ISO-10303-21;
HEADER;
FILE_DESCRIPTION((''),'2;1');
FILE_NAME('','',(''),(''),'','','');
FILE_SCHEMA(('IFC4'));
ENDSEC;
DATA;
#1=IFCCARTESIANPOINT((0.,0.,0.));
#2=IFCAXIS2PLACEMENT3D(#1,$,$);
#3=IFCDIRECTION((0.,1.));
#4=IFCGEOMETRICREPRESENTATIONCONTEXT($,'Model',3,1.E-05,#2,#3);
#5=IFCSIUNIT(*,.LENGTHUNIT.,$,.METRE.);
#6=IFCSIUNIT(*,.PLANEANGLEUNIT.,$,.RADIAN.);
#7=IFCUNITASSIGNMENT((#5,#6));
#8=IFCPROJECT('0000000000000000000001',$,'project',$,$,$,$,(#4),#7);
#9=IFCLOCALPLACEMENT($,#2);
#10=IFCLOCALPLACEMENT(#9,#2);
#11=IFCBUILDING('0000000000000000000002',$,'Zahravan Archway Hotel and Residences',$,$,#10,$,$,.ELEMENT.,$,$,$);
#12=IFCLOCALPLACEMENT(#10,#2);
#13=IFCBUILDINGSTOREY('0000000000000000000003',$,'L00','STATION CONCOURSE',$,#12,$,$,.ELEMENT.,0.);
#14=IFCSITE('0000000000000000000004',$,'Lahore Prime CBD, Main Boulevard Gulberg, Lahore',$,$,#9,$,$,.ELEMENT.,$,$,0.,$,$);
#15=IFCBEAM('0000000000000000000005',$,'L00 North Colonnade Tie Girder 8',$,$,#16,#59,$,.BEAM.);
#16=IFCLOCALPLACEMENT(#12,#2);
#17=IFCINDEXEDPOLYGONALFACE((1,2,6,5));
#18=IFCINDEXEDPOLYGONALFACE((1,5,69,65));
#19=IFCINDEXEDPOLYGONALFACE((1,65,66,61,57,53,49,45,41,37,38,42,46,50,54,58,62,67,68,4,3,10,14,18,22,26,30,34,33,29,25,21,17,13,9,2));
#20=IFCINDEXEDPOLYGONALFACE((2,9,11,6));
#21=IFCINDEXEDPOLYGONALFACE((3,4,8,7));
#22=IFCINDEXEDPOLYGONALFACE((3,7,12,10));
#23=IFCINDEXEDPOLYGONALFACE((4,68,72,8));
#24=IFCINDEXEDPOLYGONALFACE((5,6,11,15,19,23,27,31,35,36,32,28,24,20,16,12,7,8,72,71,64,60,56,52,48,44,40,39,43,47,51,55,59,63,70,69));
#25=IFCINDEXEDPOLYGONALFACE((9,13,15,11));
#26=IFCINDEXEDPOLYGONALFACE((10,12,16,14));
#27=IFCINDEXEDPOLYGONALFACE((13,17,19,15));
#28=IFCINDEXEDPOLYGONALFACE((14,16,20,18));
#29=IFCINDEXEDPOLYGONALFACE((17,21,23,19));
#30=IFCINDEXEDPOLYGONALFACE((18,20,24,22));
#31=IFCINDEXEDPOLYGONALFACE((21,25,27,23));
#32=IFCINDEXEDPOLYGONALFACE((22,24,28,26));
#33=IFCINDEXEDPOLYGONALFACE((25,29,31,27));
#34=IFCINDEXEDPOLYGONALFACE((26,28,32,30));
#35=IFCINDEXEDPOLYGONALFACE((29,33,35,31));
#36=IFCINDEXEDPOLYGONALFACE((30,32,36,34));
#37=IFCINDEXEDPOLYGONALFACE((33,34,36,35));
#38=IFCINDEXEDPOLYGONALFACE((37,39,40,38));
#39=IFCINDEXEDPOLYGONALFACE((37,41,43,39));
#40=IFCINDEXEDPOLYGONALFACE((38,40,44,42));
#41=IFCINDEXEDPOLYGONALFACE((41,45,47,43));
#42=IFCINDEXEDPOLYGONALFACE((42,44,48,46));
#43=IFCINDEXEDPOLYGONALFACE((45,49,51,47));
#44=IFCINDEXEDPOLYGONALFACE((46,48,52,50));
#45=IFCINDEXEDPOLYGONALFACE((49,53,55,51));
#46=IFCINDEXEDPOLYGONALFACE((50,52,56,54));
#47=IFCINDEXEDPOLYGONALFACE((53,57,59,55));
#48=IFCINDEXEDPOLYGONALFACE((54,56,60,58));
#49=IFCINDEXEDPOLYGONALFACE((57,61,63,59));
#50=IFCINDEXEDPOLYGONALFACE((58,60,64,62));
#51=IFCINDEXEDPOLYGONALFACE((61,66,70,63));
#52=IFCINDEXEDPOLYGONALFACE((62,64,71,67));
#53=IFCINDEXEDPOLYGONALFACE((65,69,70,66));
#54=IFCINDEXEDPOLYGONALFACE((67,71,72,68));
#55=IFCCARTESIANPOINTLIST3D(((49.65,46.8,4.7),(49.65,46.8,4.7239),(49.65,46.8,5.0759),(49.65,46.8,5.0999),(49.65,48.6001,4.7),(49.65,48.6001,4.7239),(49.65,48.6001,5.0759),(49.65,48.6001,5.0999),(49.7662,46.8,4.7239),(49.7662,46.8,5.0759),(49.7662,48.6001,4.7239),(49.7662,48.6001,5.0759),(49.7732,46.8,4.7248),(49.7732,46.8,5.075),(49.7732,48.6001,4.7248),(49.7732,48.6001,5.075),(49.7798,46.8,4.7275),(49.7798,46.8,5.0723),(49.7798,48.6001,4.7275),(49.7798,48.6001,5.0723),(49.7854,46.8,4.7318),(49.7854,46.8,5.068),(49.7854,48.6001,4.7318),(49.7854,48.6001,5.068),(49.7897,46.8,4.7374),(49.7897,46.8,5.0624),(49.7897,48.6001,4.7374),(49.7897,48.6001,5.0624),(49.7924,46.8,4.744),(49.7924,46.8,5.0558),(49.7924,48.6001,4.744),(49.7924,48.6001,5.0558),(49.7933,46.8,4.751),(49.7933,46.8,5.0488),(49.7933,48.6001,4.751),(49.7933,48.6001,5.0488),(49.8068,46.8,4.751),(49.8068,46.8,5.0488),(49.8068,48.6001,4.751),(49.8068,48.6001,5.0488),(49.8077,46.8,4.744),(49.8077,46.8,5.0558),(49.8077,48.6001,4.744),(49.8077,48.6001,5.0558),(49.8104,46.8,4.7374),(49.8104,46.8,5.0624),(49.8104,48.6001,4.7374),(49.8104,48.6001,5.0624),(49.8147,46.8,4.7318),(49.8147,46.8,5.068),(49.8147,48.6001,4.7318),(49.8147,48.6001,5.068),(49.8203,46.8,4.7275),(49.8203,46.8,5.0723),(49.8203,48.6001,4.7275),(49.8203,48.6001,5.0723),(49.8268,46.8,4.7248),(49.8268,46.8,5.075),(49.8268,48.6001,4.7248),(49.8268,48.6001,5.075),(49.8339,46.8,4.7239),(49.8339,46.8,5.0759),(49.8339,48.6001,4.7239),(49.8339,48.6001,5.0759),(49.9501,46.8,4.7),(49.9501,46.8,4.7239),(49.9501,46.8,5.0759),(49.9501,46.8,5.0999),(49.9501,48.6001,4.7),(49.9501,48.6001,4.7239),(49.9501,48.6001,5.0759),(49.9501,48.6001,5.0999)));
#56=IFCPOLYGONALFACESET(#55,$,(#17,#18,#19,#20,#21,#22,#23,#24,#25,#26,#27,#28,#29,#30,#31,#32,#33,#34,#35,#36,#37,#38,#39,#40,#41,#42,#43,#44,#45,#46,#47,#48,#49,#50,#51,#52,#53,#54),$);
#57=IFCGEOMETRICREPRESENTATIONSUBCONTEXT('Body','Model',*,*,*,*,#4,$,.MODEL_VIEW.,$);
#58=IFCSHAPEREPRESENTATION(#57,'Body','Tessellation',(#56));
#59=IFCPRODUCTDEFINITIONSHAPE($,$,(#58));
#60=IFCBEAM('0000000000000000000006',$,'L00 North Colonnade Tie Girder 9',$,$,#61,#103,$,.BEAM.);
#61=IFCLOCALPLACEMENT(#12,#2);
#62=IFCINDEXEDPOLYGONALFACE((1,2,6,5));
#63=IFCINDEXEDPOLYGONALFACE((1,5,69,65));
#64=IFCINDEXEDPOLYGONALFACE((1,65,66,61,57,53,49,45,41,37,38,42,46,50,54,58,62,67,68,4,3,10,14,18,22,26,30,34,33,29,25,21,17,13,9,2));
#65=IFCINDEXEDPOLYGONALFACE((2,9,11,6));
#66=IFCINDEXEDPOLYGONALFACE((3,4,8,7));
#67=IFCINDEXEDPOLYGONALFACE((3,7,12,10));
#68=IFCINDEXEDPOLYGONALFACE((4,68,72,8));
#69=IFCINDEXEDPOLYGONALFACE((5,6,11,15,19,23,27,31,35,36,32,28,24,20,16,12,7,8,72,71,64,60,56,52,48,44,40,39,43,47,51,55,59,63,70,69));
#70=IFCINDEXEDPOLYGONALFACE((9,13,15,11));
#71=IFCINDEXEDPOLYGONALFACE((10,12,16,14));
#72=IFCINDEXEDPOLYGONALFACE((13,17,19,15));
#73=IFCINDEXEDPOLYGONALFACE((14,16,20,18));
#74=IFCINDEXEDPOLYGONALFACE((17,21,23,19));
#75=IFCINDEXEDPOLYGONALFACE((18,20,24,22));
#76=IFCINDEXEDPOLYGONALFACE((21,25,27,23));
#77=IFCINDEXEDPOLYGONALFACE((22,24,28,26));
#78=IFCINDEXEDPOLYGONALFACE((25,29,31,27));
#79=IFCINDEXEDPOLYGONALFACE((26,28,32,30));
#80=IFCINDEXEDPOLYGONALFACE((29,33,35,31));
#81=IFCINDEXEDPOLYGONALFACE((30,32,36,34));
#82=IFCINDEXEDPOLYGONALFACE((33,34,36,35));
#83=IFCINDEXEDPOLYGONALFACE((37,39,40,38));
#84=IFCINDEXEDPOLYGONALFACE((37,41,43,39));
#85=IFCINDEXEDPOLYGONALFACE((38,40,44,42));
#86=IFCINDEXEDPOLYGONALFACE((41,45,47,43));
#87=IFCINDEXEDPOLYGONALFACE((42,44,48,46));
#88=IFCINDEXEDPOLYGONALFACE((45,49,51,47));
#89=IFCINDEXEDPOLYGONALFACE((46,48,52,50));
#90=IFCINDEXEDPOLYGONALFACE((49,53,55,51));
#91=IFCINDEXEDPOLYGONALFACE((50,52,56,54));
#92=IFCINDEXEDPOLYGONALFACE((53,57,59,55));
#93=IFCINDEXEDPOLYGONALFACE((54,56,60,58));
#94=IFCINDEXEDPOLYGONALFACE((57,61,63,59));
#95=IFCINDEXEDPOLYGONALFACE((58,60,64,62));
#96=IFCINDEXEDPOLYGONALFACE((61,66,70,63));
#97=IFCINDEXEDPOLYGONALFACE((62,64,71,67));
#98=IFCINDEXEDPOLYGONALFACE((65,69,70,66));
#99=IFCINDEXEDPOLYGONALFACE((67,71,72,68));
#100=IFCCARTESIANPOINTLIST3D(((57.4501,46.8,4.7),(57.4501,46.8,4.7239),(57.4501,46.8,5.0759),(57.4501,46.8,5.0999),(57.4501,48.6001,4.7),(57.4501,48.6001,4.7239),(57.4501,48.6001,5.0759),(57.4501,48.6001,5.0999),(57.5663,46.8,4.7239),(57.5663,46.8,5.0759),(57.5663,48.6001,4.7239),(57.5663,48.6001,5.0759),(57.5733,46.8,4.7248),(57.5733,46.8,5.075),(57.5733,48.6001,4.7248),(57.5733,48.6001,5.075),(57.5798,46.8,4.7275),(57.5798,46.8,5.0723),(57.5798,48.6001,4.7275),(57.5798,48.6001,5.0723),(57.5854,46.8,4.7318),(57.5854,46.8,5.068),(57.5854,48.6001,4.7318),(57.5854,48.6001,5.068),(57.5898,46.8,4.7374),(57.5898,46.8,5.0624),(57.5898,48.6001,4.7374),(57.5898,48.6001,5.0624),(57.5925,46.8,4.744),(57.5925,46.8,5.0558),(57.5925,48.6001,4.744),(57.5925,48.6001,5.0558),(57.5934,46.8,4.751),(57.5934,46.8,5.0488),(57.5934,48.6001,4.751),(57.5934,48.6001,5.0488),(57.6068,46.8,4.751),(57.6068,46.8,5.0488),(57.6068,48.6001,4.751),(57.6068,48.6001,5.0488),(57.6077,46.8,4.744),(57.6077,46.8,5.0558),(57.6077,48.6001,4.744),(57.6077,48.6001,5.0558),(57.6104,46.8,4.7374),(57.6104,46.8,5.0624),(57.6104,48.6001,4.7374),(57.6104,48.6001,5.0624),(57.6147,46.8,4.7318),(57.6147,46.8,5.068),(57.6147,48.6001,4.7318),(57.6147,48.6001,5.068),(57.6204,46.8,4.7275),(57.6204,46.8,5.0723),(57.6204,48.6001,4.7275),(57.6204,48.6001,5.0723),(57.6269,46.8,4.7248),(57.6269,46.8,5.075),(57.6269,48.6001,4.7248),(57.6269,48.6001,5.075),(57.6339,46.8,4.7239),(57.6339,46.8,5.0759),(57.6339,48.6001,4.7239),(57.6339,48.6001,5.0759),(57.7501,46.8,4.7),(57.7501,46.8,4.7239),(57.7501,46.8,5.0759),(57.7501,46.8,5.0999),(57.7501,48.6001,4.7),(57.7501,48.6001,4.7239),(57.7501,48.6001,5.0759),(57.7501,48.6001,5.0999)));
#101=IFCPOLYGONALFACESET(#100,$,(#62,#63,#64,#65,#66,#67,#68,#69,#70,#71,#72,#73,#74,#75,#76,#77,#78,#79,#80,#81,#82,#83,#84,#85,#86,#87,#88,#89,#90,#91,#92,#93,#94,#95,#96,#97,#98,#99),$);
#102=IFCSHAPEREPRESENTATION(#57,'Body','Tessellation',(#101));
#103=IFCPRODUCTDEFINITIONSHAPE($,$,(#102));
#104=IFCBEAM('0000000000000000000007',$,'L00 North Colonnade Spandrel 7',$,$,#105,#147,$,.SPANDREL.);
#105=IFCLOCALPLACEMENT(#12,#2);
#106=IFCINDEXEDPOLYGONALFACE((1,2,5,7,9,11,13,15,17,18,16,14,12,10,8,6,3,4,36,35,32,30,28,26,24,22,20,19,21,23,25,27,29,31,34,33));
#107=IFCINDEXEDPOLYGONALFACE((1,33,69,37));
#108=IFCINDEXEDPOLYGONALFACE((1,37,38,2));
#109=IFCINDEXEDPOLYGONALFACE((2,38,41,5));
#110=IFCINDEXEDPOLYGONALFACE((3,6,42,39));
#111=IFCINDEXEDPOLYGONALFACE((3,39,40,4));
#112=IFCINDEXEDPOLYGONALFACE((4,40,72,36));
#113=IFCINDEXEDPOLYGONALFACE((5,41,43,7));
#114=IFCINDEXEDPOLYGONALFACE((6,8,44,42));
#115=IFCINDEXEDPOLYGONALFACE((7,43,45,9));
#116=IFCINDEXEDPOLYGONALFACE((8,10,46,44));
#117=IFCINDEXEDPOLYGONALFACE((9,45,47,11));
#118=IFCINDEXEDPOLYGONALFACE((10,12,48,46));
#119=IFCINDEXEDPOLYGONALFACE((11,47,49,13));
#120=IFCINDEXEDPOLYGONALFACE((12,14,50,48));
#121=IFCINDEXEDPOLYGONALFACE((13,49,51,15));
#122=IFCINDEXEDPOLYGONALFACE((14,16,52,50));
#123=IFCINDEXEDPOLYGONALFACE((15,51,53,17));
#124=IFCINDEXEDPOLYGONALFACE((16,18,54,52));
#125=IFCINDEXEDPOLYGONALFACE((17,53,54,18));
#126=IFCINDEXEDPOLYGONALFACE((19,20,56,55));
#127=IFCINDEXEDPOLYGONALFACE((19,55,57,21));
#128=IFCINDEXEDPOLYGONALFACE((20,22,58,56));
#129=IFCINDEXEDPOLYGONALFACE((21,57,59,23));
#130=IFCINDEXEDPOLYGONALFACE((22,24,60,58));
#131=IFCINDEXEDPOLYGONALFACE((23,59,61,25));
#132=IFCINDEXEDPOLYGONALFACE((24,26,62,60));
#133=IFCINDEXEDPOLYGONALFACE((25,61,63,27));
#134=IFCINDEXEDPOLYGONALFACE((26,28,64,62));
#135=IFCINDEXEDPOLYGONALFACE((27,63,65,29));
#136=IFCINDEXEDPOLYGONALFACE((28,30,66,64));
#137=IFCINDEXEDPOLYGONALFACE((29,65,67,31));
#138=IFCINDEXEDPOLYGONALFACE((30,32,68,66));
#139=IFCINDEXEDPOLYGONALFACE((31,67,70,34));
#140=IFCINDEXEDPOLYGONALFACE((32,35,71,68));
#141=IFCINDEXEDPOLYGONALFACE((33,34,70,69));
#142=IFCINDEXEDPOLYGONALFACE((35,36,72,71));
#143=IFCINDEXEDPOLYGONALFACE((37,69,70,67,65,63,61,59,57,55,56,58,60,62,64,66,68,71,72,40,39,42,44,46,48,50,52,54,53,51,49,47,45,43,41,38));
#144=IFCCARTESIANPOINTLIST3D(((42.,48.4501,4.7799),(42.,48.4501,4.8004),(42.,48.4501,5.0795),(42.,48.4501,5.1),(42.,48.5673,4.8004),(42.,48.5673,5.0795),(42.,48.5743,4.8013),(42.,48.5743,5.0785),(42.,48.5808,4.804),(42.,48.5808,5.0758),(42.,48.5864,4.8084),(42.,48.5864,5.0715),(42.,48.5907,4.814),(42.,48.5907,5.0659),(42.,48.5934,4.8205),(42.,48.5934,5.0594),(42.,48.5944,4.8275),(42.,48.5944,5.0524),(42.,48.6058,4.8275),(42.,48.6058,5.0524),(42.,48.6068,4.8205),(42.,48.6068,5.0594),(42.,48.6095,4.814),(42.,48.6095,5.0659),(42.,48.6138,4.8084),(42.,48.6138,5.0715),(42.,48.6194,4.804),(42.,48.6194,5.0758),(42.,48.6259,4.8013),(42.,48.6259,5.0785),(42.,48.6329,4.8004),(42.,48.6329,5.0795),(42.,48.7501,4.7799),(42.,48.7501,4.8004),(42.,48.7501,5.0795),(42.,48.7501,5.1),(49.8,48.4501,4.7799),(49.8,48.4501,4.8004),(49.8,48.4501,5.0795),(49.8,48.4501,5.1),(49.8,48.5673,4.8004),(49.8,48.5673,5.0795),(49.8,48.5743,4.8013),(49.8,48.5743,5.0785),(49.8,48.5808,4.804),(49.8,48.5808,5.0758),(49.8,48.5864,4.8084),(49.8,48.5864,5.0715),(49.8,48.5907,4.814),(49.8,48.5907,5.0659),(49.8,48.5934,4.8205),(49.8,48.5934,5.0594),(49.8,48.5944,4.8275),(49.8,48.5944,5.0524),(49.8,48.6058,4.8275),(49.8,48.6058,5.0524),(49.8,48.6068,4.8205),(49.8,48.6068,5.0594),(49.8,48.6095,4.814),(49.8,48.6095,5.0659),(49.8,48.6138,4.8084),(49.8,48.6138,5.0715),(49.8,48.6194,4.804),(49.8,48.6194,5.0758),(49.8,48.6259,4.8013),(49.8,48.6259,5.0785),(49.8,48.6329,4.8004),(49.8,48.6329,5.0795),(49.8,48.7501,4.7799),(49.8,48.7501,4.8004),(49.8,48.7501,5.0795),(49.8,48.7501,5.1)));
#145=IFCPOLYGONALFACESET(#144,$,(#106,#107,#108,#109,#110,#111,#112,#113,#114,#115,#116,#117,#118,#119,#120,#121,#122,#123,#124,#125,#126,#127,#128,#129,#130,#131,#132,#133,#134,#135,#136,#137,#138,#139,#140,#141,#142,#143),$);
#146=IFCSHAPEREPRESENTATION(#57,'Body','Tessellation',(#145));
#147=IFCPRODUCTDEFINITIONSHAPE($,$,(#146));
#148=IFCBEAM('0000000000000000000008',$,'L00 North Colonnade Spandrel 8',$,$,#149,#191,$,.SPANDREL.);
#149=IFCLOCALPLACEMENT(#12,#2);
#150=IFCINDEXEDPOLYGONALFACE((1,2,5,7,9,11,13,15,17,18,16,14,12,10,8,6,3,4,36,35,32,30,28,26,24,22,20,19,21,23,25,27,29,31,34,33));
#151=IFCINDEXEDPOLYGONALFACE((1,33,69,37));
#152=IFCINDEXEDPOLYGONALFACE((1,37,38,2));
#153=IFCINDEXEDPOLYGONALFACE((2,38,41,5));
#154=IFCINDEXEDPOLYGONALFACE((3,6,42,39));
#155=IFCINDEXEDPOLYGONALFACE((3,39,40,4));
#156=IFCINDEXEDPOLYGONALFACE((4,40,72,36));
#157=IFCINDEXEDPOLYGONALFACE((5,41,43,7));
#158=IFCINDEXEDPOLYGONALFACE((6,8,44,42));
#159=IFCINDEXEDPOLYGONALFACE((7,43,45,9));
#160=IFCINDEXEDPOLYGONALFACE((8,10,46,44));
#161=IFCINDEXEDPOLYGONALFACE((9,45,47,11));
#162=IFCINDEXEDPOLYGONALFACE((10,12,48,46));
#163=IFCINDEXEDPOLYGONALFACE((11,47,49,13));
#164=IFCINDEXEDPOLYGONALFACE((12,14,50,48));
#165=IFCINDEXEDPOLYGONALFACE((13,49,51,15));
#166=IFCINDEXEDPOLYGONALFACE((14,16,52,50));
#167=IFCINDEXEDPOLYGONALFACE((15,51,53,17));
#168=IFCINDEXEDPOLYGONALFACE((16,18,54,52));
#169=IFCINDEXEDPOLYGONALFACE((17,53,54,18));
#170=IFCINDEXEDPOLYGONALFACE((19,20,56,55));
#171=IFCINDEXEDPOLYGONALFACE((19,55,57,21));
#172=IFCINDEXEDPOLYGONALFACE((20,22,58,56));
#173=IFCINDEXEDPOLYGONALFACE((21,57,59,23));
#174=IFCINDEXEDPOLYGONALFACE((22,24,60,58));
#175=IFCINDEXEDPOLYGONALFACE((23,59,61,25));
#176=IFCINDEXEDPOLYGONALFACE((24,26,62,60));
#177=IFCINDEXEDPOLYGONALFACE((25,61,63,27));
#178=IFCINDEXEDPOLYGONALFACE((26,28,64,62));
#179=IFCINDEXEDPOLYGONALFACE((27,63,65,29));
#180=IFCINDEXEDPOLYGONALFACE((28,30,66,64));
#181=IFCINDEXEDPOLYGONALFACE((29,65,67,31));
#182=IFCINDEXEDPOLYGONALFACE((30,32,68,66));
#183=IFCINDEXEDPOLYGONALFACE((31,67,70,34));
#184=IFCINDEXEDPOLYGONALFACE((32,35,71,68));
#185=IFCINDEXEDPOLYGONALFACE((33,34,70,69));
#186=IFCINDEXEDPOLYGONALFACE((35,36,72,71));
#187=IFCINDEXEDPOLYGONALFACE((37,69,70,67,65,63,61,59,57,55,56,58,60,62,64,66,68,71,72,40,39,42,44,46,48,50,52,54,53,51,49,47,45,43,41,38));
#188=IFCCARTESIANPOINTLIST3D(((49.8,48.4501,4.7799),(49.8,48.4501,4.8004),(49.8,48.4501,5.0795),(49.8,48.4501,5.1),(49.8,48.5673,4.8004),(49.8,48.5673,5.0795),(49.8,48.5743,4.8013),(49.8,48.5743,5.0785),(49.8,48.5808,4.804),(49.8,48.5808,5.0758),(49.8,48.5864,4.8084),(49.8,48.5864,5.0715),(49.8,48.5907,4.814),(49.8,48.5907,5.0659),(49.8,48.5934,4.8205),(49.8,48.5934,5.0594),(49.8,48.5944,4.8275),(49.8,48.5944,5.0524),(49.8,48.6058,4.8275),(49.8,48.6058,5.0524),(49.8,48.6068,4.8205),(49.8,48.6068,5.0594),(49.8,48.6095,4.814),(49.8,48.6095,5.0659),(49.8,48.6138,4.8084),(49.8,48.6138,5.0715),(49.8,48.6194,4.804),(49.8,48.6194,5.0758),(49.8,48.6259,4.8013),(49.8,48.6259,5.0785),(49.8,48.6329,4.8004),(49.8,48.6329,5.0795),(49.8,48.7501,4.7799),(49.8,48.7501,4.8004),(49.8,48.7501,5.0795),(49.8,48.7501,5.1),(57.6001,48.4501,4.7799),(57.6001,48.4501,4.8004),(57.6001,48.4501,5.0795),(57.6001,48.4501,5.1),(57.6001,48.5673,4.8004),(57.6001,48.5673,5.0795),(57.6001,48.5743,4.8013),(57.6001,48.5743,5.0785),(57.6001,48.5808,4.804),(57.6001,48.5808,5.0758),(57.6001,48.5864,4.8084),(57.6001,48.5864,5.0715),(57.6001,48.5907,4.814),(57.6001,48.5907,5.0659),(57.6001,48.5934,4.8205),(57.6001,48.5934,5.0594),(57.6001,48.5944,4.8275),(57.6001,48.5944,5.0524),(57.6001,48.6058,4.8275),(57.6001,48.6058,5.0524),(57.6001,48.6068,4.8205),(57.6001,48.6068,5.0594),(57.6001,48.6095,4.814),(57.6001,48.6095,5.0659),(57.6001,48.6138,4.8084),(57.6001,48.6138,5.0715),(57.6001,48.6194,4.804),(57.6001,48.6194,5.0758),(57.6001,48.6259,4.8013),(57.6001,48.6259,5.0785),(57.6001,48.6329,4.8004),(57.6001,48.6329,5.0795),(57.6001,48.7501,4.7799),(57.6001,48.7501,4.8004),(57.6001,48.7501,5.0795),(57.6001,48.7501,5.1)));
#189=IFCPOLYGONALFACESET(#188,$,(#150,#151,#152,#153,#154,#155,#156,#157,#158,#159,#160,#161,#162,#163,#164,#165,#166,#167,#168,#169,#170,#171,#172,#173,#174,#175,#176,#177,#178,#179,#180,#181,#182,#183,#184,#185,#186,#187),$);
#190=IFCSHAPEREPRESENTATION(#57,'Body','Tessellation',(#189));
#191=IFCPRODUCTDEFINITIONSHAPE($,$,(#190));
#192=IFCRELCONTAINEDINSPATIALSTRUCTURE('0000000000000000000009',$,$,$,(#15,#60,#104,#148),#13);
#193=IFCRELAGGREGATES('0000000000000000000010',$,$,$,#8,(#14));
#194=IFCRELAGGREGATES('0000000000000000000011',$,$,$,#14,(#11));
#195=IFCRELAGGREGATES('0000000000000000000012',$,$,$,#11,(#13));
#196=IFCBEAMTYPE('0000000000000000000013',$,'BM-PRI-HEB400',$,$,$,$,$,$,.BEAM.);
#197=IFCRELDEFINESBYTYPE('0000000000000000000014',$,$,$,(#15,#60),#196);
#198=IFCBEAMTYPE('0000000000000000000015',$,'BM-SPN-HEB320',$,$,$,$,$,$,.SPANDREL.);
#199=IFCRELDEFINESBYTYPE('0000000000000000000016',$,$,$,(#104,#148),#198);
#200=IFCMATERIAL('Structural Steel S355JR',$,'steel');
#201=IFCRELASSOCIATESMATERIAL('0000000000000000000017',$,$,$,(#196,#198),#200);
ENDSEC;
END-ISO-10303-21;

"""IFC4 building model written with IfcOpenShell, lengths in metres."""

from ifc_helpers import new_model, si_unit, direction, frame, origin, origin_2d, place, context, subcontext, project, spatial, i_section, extrude, source, transform, mapped, material, material_profile, profile_set, type_object, element, save


model = new_model("IFC4")

# Units and contexts
model_context = context("Model", 3, precision=1e-05, world=origin(), true_north=direction((0.0, 1.0)))
body_context = subcontext(model_context, "Body", "Model", "MODEL_VIEW")
ifc_project = project(units=[si_unit("LENGTHUNIT", "METRE"), si_unit("PLANEANGLEUNIT", "RADIAN")], contexts=[model_context])

# Site, building, storey
site_placement = place(None, origin())
site = spatial("IfcSite", under=ifc_project, at=site_placement, Name="Lahore Prime CBD, Main Boulevard Gulberg, Lahore", CompositionType="ELEMENT", RefElevation=0.0)
building_placement = place(site_placement, origin())
building = spatial("IfcBuilding", under=site, at=building_placement, Name="Zahravan Archway Hotel and Residences", CompositionType="ELEMENT")
storey_placement = place(building_placement, origin())
storey = spatial("IfcBuildingStorey", under=building, at=storey_placement, Name="L00", Description="STATION CONCOURSE", CompositionType="ELEMENT", Elevation=0.0)

# Beams
ifc_material_1 = material(Name="Structural Steel S355JR", Category="steel")
ifc_material_profile_1 = material_profile(ifc_material_1, i_section(OverallWidth=0.3, OverallDepth=0.3999, WebThickness=0.0134, FlangeThickness=0.0239, FilletRadius=0.0271, at=origin_2d()), Name="HEB 400", Category="steel")
ifc_profile_set_1 = profile_set([ifc_material_profile_1], Name="Structural Steel S355JR")
beam_type_1 = type_object("IfcBeamType", Name="BM-PRI-HEB400", PredefinedType="BEAM", material=ifc_profile_set_1)
shared_shape_1 = source(origin(), body_context, "Body", "SweptSolid", [
    extrude(i_section(OverallWidth=0.3, OverallDepth=0.3999, WebThickness=0.0134, FlangeThickness=0.0239, FilletRadius=0.0271, at=origin_2d()), origin(), (0.0, 0.0, 1.0), 1.8),
])
for number, where, z_axis, x_axis, name in (
    (1, (49.8, 46.8, 4.8999), (0.0, 1.0, 0.0), (-1.0, 0.0, 0.0), "L00 North Colonnade Tie Girder 8"),
    (2, (57.6001, 46.8, 4.8999), (0.0, 1.0, 0.0), (-1.0, 0.0, 0.0), "L00 North Colonnade Tie Girder 9"),
):
    element("IfcBeam", number, at=place(storey_placement, frame(where, z_axis=z_axis, x_axis=x_axis)), inside=storey, type_object=beam_type_1, Name=name, PredefinedType="BEAM", context=body_context, shape_type="MappedRepresentation", body=[
        mapped(shared_shape_1, transform((0.0, 0.0, 0.0), scale=1.0)),
    ])
ifc_material_profile_2 = material_profile(ifc_material_1, i_section(OverallWidth=0.3, OverallDepth=0.3201, WebThickness=0.0115, FlangeThickness=0.0205, FilletRadius=0.0271, at=origin_2d()), Name="HEB 320", Category="steel")
ifc_profile_set_2 = profile_set([ifc_material_profile_2], Name="Structural Steel S355JR")
beam_type_2 = type_object("IfcBeamType", Name="BM-SPN-HEB320", PredefinedType="SPANDREL", material=ifc_profile_set_2)
shared_shape_2 = source(origin(), body_context, "Body", "SweptSolid", [
    extrude(i_section(OverallWidth=0.3, OverallDepth=0.3201, WebThickness=0.0115, FlangeThickness=0.0205, FilletRadius=0.0271, at=origin_2d()), origin(), (0.0, 0.0, 1.0), 7.8),
])
for number, where, z_axis, x_axis, name in (
    (3, (42.0, 48.6001, 4.9399), (1.0, 0.0, 0.0), (0.0, 1.0, 0.0), "L00 North Colonnade Spandrel 7"),
    (4, (49.8, 48.6001, 4.9399), (1.0, 0.0, 0.0), (0.0, 1.0, 0.0), "L00 North Colonnade Spandrel 8"),
):
    element("IfcBeam", number, at=place(storey_placement, frame(where, z_axis=z_axis, x_axis=x_axis)), inside=storey, type_object=beam_type_2, Name=name, PredefinedType="SPANDREL", context=body_context, shape_type="MappedRepresentation", body=[
        mapped(shared_shape_2, transform((0.0, 0.0, 0.0), scale=1.0)),
    ])

save(model, "model.ifc")
